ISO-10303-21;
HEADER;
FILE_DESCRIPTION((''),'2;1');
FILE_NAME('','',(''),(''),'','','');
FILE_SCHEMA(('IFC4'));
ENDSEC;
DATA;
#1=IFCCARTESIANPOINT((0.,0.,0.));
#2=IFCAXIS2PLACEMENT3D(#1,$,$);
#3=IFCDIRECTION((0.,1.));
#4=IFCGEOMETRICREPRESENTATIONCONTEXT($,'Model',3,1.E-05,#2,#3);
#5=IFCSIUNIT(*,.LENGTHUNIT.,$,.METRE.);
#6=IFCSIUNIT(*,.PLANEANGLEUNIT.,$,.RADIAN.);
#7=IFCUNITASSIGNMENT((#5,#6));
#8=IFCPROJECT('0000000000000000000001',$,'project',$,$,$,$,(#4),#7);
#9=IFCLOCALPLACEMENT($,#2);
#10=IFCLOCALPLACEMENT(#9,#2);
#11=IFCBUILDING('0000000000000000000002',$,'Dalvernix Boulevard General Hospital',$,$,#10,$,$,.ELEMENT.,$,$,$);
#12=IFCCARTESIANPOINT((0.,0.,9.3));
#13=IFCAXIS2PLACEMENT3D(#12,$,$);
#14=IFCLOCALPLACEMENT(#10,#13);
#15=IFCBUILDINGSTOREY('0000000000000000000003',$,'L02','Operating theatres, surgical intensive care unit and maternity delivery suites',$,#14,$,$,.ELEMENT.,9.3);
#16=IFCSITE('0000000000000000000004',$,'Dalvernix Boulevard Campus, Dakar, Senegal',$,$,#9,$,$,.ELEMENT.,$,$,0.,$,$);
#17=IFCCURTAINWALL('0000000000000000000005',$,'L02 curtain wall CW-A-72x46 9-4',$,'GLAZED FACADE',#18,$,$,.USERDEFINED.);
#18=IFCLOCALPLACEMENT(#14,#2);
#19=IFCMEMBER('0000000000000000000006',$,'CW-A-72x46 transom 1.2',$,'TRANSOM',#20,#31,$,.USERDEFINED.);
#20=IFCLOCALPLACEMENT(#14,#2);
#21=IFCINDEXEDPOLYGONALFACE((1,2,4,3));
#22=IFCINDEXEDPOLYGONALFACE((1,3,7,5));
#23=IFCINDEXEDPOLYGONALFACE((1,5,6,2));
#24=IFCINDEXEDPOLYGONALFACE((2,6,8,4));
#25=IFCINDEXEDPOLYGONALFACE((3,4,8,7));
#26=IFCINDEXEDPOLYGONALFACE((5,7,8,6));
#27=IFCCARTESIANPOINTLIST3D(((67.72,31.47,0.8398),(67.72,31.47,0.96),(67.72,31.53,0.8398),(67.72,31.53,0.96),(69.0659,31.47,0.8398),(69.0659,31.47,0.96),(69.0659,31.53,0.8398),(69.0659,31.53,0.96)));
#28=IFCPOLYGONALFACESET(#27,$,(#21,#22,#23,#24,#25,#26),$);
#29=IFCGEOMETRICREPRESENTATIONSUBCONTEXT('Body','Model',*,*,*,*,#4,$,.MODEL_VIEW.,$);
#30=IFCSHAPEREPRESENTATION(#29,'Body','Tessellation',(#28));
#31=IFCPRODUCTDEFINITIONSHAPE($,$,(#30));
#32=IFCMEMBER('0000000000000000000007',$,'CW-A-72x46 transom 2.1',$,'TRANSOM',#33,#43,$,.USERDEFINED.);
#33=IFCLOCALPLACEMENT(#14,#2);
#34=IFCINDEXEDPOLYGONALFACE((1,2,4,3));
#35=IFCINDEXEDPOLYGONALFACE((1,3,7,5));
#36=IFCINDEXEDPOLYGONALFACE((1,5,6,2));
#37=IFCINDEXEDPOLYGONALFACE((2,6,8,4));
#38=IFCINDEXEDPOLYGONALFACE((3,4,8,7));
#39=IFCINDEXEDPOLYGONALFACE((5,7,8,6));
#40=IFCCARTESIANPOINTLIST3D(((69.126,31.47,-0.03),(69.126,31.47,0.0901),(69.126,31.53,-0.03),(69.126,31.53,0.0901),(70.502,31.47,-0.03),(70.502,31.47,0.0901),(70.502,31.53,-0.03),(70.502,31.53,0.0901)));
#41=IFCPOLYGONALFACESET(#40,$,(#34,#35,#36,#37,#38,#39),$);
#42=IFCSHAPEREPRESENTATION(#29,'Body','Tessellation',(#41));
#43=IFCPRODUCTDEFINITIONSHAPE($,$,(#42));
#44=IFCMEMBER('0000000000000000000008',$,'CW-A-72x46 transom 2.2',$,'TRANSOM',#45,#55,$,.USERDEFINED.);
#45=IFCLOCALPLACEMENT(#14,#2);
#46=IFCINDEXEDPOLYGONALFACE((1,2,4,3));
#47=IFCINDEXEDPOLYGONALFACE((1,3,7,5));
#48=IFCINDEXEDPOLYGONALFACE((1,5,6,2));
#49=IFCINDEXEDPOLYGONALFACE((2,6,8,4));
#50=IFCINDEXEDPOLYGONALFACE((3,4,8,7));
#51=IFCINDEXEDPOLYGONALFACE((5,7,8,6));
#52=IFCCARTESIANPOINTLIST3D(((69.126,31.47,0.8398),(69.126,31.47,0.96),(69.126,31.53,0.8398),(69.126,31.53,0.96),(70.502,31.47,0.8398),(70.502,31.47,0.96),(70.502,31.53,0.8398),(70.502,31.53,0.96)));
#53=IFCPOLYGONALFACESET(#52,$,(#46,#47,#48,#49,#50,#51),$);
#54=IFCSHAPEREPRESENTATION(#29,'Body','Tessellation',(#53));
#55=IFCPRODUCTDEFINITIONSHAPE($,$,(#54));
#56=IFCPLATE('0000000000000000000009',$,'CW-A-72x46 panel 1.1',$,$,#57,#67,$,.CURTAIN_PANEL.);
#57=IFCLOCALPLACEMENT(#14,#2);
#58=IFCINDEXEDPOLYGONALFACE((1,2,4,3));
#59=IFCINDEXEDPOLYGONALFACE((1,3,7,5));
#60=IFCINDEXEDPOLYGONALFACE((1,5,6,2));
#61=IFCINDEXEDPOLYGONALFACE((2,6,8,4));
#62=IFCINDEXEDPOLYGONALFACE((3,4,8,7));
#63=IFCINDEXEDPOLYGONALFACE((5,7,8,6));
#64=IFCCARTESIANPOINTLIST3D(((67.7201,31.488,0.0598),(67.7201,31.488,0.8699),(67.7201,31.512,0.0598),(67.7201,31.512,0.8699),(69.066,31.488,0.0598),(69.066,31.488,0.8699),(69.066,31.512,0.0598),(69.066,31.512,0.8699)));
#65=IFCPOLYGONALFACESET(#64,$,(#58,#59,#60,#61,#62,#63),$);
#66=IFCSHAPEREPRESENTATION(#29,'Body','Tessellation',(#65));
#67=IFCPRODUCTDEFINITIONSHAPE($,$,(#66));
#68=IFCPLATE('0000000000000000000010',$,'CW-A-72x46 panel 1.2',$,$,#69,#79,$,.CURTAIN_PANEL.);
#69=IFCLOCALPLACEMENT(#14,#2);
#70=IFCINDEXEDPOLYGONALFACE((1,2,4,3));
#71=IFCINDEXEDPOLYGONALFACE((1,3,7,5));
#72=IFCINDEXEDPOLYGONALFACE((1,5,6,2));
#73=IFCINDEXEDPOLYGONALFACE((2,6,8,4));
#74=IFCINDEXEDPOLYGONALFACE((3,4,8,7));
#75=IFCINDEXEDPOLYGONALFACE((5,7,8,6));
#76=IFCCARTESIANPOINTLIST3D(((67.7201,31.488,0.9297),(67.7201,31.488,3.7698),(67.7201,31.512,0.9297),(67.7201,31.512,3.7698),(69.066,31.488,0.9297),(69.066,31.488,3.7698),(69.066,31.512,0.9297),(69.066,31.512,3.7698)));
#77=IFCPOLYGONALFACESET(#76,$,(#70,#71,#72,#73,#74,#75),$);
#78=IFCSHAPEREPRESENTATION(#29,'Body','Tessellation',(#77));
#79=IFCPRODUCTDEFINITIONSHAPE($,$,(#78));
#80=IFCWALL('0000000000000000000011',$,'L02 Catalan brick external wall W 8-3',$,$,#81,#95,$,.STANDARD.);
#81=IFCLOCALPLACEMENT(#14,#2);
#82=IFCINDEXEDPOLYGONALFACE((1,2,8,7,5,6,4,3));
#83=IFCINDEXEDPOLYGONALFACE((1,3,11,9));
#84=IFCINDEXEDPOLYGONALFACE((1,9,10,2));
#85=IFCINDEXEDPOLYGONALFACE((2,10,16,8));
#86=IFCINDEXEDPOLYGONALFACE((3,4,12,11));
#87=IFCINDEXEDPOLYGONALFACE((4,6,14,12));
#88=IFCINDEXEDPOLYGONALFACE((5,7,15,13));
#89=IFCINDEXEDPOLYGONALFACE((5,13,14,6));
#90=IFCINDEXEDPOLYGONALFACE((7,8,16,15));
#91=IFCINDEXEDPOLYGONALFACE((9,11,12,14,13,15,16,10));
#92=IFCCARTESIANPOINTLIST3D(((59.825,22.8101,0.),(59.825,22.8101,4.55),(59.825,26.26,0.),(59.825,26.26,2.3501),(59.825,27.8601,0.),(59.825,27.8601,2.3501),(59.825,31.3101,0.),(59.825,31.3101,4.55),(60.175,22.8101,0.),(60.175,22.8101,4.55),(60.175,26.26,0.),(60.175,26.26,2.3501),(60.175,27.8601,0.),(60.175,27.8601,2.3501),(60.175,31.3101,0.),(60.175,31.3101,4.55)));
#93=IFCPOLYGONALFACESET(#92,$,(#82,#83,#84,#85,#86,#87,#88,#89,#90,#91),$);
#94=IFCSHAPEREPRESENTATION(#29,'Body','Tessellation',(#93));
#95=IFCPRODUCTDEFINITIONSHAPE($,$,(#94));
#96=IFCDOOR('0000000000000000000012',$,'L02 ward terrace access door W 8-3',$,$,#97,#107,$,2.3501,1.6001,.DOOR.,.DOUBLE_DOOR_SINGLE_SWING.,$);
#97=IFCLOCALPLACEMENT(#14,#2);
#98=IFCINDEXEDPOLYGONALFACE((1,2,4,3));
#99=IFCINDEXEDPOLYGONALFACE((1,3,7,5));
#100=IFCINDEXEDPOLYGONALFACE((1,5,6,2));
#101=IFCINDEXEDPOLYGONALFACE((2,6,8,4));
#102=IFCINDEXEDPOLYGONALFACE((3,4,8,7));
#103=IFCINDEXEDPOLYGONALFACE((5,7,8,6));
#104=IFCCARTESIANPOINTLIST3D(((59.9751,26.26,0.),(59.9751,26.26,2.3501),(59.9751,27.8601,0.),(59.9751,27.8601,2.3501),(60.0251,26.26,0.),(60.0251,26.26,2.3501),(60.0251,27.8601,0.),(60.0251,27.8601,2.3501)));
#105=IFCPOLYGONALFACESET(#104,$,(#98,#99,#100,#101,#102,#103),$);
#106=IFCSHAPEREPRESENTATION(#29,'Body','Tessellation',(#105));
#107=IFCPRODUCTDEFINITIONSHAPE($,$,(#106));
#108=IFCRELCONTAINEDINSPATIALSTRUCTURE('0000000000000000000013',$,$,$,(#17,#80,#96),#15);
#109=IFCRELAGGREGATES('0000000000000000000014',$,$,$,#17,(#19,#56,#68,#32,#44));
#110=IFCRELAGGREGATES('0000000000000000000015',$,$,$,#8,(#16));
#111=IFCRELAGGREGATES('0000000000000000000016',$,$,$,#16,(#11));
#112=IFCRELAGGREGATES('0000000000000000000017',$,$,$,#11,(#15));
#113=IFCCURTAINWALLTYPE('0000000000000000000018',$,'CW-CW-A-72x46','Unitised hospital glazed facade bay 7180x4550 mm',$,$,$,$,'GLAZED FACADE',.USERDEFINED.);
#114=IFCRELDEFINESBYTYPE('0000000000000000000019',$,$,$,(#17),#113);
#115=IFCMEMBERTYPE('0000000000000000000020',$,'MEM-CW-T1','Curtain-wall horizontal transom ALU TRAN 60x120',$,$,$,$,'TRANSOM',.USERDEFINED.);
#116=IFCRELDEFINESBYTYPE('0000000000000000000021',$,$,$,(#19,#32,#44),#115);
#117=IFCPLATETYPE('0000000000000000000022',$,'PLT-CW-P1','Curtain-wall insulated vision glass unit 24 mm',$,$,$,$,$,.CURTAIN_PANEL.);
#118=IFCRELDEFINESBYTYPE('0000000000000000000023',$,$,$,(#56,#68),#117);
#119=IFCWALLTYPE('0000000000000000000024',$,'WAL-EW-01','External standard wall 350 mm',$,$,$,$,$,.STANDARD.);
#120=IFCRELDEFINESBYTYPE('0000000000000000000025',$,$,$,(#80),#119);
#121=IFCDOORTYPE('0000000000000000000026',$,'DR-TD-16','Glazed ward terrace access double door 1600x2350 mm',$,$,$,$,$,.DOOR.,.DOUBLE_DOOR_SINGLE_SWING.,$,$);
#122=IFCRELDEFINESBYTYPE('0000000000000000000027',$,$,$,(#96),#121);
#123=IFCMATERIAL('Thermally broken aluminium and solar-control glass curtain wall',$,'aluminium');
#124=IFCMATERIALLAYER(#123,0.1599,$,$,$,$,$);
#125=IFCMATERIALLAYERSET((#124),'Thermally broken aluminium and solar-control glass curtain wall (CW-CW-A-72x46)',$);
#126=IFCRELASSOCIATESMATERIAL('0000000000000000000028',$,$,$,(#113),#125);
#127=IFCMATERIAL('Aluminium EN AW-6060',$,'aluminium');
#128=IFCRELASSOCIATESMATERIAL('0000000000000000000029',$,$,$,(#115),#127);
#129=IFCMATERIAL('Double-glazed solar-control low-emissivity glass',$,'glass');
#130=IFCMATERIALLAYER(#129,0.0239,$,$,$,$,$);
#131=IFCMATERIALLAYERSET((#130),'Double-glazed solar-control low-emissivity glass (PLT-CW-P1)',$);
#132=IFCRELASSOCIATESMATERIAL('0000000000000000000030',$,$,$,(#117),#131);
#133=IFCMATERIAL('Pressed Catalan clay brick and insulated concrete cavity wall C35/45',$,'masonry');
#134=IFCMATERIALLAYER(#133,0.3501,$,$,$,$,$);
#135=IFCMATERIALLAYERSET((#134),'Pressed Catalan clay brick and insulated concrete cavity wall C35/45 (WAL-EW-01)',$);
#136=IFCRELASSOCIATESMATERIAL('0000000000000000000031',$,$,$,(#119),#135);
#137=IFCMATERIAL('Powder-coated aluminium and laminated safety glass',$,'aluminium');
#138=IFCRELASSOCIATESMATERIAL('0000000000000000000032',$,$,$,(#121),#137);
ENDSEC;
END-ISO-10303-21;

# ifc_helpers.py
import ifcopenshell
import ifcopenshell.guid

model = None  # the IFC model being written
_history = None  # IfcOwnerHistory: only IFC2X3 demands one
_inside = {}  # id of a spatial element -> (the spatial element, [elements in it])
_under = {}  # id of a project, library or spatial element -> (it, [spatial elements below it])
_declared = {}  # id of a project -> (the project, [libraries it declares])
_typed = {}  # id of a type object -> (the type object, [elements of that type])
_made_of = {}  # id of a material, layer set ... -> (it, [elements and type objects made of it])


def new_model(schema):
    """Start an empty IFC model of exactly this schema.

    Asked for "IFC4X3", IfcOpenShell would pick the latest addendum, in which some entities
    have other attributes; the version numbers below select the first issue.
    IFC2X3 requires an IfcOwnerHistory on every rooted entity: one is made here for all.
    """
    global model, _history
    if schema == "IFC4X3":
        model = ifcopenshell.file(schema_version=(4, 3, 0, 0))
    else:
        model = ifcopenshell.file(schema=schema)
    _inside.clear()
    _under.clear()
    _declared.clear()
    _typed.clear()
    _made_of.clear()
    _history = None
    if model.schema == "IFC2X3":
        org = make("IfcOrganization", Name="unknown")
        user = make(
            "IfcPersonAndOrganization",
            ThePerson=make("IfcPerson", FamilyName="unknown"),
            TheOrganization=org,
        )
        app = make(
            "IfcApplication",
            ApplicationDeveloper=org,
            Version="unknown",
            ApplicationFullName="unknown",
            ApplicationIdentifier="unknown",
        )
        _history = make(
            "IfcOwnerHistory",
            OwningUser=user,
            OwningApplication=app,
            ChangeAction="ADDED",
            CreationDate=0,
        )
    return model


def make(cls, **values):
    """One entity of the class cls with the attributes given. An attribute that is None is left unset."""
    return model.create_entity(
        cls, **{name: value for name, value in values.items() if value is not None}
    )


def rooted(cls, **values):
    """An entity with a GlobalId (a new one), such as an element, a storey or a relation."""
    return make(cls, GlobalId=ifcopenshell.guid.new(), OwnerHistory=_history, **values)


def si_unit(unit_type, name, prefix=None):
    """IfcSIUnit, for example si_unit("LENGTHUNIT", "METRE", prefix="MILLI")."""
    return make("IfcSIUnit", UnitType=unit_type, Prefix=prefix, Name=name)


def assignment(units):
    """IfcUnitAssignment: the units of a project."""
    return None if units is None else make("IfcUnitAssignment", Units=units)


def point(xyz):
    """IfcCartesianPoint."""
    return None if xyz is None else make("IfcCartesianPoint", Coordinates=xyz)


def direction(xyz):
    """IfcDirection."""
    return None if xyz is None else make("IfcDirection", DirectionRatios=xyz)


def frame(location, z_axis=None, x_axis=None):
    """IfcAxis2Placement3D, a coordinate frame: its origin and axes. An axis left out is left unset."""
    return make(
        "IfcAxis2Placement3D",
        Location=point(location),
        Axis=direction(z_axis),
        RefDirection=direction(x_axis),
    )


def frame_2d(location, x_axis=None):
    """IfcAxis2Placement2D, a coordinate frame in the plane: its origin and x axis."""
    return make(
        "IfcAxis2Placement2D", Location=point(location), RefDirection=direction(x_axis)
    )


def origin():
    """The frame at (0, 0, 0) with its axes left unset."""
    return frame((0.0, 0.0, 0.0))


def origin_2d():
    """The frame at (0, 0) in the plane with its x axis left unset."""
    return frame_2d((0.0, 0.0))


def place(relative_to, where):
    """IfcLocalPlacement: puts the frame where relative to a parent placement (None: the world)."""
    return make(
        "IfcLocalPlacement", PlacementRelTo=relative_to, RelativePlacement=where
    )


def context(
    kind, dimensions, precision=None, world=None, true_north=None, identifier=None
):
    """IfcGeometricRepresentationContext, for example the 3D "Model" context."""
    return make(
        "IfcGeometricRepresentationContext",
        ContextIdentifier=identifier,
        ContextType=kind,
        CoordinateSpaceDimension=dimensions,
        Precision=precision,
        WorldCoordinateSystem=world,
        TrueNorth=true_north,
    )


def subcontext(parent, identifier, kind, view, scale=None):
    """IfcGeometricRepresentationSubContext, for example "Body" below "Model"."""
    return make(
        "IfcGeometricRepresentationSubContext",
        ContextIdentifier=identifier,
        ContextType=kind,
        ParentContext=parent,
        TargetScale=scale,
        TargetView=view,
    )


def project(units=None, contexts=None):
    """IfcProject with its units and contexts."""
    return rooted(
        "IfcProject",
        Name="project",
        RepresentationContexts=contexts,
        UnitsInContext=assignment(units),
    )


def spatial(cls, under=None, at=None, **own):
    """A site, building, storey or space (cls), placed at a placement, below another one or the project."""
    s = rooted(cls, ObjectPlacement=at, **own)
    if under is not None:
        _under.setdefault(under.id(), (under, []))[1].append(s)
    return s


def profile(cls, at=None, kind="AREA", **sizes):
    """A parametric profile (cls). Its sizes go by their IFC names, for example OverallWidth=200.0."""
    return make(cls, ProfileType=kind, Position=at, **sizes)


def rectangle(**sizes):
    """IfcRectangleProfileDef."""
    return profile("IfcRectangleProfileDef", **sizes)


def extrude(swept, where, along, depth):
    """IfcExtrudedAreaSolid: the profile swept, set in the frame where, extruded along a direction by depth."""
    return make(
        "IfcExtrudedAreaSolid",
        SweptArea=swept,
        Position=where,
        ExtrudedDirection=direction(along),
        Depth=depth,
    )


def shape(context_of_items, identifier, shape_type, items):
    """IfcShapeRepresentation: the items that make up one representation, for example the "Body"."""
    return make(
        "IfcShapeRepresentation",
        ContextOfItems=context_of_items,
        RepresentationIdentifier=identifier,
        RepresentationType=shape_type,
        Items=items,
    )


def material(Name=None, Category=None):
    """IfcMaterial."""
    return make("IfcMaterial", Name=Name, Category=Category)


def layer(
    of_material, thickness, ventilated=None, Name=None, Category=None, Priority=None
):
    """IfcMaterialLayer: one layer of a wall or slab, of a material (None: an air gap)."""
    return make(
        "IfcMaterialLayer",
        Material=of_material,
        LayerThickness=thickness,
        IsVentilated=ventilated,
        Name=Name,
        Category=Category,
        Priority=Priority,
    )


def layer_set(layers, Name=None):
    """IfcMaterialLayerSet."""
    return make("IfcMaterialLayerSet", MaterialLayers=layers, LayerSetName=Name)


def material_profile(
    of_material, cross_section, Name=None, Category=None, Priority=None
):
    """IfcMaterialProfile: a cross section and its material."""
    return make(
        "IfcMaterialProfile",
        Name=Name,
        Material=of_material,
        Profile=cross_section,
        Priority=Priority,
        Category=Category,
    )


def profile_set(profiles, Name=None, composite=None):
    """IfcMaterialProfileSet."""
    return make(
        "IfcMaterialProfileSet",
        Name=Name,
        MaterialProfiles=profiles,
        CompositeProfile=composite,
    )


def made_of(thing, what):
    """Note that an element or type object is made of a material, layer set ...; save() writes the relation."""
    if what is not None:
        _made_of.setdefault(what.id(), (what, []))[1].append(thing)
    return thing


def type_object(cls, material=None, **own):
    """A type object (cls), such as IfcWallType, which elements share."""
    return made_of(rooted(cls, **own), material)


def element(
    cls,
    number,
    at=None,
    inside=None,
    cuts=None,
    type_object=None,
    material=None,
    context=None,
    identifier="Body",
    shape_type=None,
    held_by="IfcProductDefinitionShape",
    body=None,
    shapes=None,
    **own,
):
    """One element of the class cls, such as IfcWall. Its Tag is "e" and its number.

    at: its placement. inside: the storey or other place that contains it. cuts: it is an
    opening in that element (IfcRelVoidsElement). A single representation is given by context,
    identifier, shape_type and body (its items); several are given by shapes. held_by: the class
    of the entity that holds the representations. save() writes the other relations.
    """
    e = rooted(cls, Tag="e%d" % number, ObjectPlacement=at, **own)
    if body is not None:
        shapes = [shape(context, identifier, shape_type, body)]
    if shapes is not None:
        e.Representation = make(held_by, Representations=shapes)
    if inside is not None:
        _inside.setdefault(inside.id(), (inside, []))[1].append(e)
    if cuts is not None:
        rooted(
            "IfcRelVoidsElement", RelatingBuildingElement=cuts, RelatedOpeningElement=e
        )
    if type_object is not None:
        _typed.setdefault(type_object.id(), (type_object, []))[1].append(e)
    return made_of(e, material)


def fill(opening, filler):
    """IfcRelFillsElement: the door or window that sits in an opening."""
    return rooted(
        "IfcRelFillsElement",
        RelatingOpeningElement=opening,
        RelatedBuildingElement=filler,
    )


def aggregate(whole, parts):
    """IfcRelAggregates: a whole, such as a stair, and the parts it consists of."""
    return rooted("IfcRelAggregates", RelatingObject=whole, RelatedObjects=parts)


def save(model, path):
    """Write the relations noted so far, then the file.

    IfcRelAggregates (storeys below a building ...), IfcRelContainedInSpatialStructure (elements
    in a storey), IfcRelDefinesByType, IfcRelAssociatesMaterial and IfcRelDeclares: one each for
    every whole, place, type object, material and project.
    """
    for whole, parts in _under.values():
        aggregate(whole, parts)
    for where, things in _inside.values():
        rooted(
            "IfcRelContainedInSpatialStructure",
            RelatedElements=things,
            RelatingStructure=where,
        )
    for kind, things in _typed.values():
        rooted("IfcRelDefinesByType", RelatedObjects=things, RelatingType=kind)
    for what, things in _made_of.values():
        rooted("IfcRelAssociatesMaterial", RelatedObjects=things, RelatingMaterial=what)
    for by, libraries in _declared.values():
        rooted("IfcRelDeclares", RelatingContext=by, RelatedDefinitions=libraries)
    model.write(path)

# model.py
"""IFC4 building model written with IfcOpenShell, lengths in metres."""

from ifc_helpers import new_model, si_unit, direction, frame, frame_2d, origin, origin_2d, place, context, subcontext, project, spatial, rectangle, extrude, material, layer, layer_set, material_profile, profile_set, type_object, element, fill, aggregate, save


model = new_model("IFC4")

# Units and contexts
model_context = context("Model", 3, precision=1e-05, world=origin(), true_north=direction((0.0, 1.0)))
body_context = subcontext(model_context, "Body", "Model", "MODEL_VIEW")
ifc_project = project(units=[si_unit("LENGTHUNIT", "METRE"), si_unit("PLANEANGLEUNIT", "RADIAN")], contexts=[model_context])

# Site, building, storey
site_placement = place(None, origin())
site = spatial("IfcSite", under=ifc_project, at=site_placement, Name="Dalvernix Boulevard Campus, Dakar, Senegal", CompositionType="ELEMENT", RefElevation=0.0)
building_placement = place(site_placement, origin())
building = spatial("IfcBuilding", under=site, at=building_placement, Name="Dalvernix Boulevard General Hospital", CompositionType="ELEMENT")
storey_placement = place(building_placement, frame((0.0, 0.0, 9.3)))
storey = spatial("IfcBuildingStorey", under=building, at=storey_placement, Name="L02", Description="Operating theatres, surgical intensive care unit and maternity delivery suites", CompositionType="ELEMENT", Elevation=9.3)

# Curtain wall, members, plates
ifc_material_1 = material(Name="Thermally broken aluminium and solar-control glass curtain wall", Category="aluminium")
ifc_layer_1 = layer(ifc_material_1, 0.1599)
ifc_layer_set_1 = layer_set([ifc_layer_1], Name="Thermally broken aluminium and solar-control glass curtain wall (CW-CW-A-72x46)")
curtain_wall_type = type_object("IfcCurtainWallType", Name="CW-CW-A-72x46", Description="Unitised hospital glazed facade bay 7180x4550 mm", ElementType="GLAZED FACADE", PredefinedType="USERDEFINED", material=ifc_layer_set_1)
curtain_wall_placement = place(storey_placement, origin())
curtain_wall = element("IfcCurtainWall", 1, at=curtain_wall_placement, inside=storey, type_object=curtain_wall_type, Name="L02 curtain wall CW-A-72x46 9-4", ObjectType="GLAZED FACADE", PredefinedType="USERDEFINED")
ifc_material_2 = material(Name="Aluminium EN AW-6060", Category="aluminium")
ifc_material_profile_1 = material_profile(ifc_material_2, rectangle(XDim=0.0601, YDim=0.1201, at=origin_2d()), Name="ALU TRAN 60x120")
ifc_profile_set_1 = profile_set([ifc_material_profile_1], Name="Aluminium EN AW-6060")
member_type_1 = type_object("IfcMemberType", Name="MEM-CW-T1", Description="Curtain-wall horizontal transom ALU TRAN 60x120", ElementType="TRANSOM", PredefinedType="USERDEFINED", material=ifc_profile_set_1)
member_1_placement = place(storey_placement, frame((67.72, 31.5, 0.8999), z_axis=(1.0, 0.0, 0.0), x_axis=(0.0, 1.0, 0.0)))
member_1 = element("IfcMember", 2, at=member_1_placement, type_object=member_type_1, Name="CW-A-72x46 transom 1.2", ObjectType="TRANSOM", PredefinedType="USERDEFINED", context=body_context, shape_type="SweptSolid", body=[
    extrude(rectangle(XDim=0.0601, YDim=0.1201, at=origin_2d()), origin(), (0.0, 0.0, 1.0), 1.3459),
])
member_2_placement = place(storey_placement, frame((69.126, 31.5, 0.03), z_axis=(1.0, 0.0, 0.0), x_axis=(0.0, 1.0, 0.0)))
member_2 = element("IfcMember", 3, at=member_2_placement, type_object=member_type_1, Name="CW-A-72x46 transom 2.1", ObjectType="TRANSOM", PredefinedType="USERDEFINED", context=body_context, shape_type="SweptSolid", body=[
    extrude(rectangle(XDim=0.0601, YDim=0.1201, at=origin_2d()), origin(), (0.0, 0.0, 1.0), 1.376),
])
member_3_placement = place(storey_placement, frame((69.126, 31.5, 0.8999), z_axis=(1.0, 0.0, 0.0), x_axis=(0.0, 1.0, 0.0)))
member_3 = element("IfcMember", 4, at=member_3_placement, type_object=member_type_1, Name="CW-A-72x46 transom 2.2", ObjectType="TRANSOM", PredefinedType="USERDEFINED", context=body_context, shape_type="SweptSolid", body=[
    extrude(rectangle(XDim=0.0601, YDim=0.1201, at=origin_2d()), origin(), (0.0, 0.0, 1.0), 1.376),
])
ifc_material_3 = material(Name="Double-glazed solar-control low-emissivity glass", Category="glass")
ifc_layer_2 = layer(ifc_material_3, 0.0239)
ifc_layer_set_2 = layer_set([ifc_layer_2], Name="Double-glazed solar-control low-emissivity glass (PLT-CW-P1)")
plate_type = type_object("IfcPlateType", Name="PLT-CW-P1", Description="Curtain-wall insulated vision glass unit 24 mm", PredefinedType="CURTAIN_PANEL", material=ifc_layer_set_2)
plate_1_placement = place(storey_placement, frame((68.3931, 31.5, 0.0598), z_axis=(0.0, 0.0, 1.0), x_axis=(1.0, 0.0, 0.0)))
plate_1 = element("IfcPlate", 5, at=plate_1_placement, type_object=plate_type, Name="CW-A-72x46 panel 1.1", PredefinedType="CURTAIN_PANEL", context=body_context, shape_type="SweptSolid", body=[
    extrude(rectangle(XDim=1.3459, YDim=0.0239, at=origin_2d()), origin(), (0.0, 0.0, 1.0), 0.8101),
])
plate_2_placement = place(storey_placement, frame((68.3931, 31.5, 0.9297), z_axis=(0.0, 0.0, 1.0), x_axis=(1.0, 0.0, 0.0)))
plate_2 = element("IfcPlate", 6, at=plate_2_placement, type_object=plate_type, Name="CW-A-72x46 panel 1.2", PredefinedType="CURTAIN_PANEL", context=body_context, shape_type="SweptSolid", body=[
    extrude(rectangle(XDim=1.3459, YDim=0.0239, at=origin_2d()), origin(), (0.0, 0.0, 1.0), 2.8401),
])
aggregate(curtain_wall, [member_1, plate_1, plate_2, member_2, member_3])

# Wall, opening, door
ifc_material_4 = material(Name="Pressed Catalan clay brick and insulated concrete cavity wall C35/45", Category="masonry")
ifc_layer_3 = layer(ifc_material_4, 0.3501)
ifc_layer_set_3 = layer_set([ifc_layer_3], Name="Pressed Catalan clay brick and insulated concrete cavity wall C35/45 (WAL-EW-01)")
wall_type = type_object("IfcWallType", Name="WAL-EW-01", Description="External standard wall 350 mm", PredefinedType="STANDARD", material=ifc_layer_set_3)
wall_placement = place(storey_placement, frame((60.0, 22.8101, 0.0), z_axis=(0.0, 0.0, 1.0), x_axis=(0.0, 1.0, 0.0)))
wall = element("IfcWall", 7, at=wall_placement, inside=storey, type_object=wall_type, Name="L02 Catalan brick external wall W 8-3", PredefinedType="STANDARD", context=body_context, shape_type="SweptSolid", body=[
    extrude(rectangle(XDim=8.5, YDim=0.3501, at=frame_2d((4.25, 0.0))), origin(), (0.0, 0.0, 1.0), 4.55),
])
opening_placement = place(wall_placement, frame((3.45, 0.0, 0.0)))
opening = element("IfcOpeningElement", 8, at=opening_placement, cuts=wall, PredefinedType="OPENING", context=body_context, shape_type="SweptSolid", body=[
    extrude(rectangle(XDim=1.6001, YDim=2.3501, at=frame_2d((0.8, 1.175))), frame((0.0, 0.1851, 0.0), z_axis=(0.0, -1.0, 0.0), x_axis=(1.0, 0.0, 0.0)), (0.0, 0.0, 1.0), 0.3701),
])
ifc_material_5 = material(Name="Powder-coated aluminium and laminated safety glass", Category="aluminium")
door_type = type_object("IfcDoorType", Name="DR-TD-16", Description="Glazed ward terrace access double door 1600x2350 mm", OperationType="DOUBLE_DOOR_SINGLE_SWING", PredefinedType="DOOR", material=ifc_material_5)
door_placement = place(opening_placement, origin())
door = element("IfcDoor", 9, at=door_placement, inside=storey, type_object=door_type, Name="L02 ward terrace access door W 8-3", OperationType="DOUBLE_DOOR_SINGLE_SWING", OverallHeight=2.3501, OverallWidth=1.6001, PredefinedType="DOOR", context=body_context, shape_type="SweptSolid", body=[
    extrude(rectangle(XDim=1.6001, YDim=2.3501, at=frame_2d((0.8, 1.175))), frame((0.0, 0.0249, 0.0), z_axis=(0.0, -1.0, 0.0), x_axis=(1.0, 0.0, 0.0)), (0.0, 0.0, 1.0), 0.05),
])
fill(opening, door)

save(model, "model.ifc")
